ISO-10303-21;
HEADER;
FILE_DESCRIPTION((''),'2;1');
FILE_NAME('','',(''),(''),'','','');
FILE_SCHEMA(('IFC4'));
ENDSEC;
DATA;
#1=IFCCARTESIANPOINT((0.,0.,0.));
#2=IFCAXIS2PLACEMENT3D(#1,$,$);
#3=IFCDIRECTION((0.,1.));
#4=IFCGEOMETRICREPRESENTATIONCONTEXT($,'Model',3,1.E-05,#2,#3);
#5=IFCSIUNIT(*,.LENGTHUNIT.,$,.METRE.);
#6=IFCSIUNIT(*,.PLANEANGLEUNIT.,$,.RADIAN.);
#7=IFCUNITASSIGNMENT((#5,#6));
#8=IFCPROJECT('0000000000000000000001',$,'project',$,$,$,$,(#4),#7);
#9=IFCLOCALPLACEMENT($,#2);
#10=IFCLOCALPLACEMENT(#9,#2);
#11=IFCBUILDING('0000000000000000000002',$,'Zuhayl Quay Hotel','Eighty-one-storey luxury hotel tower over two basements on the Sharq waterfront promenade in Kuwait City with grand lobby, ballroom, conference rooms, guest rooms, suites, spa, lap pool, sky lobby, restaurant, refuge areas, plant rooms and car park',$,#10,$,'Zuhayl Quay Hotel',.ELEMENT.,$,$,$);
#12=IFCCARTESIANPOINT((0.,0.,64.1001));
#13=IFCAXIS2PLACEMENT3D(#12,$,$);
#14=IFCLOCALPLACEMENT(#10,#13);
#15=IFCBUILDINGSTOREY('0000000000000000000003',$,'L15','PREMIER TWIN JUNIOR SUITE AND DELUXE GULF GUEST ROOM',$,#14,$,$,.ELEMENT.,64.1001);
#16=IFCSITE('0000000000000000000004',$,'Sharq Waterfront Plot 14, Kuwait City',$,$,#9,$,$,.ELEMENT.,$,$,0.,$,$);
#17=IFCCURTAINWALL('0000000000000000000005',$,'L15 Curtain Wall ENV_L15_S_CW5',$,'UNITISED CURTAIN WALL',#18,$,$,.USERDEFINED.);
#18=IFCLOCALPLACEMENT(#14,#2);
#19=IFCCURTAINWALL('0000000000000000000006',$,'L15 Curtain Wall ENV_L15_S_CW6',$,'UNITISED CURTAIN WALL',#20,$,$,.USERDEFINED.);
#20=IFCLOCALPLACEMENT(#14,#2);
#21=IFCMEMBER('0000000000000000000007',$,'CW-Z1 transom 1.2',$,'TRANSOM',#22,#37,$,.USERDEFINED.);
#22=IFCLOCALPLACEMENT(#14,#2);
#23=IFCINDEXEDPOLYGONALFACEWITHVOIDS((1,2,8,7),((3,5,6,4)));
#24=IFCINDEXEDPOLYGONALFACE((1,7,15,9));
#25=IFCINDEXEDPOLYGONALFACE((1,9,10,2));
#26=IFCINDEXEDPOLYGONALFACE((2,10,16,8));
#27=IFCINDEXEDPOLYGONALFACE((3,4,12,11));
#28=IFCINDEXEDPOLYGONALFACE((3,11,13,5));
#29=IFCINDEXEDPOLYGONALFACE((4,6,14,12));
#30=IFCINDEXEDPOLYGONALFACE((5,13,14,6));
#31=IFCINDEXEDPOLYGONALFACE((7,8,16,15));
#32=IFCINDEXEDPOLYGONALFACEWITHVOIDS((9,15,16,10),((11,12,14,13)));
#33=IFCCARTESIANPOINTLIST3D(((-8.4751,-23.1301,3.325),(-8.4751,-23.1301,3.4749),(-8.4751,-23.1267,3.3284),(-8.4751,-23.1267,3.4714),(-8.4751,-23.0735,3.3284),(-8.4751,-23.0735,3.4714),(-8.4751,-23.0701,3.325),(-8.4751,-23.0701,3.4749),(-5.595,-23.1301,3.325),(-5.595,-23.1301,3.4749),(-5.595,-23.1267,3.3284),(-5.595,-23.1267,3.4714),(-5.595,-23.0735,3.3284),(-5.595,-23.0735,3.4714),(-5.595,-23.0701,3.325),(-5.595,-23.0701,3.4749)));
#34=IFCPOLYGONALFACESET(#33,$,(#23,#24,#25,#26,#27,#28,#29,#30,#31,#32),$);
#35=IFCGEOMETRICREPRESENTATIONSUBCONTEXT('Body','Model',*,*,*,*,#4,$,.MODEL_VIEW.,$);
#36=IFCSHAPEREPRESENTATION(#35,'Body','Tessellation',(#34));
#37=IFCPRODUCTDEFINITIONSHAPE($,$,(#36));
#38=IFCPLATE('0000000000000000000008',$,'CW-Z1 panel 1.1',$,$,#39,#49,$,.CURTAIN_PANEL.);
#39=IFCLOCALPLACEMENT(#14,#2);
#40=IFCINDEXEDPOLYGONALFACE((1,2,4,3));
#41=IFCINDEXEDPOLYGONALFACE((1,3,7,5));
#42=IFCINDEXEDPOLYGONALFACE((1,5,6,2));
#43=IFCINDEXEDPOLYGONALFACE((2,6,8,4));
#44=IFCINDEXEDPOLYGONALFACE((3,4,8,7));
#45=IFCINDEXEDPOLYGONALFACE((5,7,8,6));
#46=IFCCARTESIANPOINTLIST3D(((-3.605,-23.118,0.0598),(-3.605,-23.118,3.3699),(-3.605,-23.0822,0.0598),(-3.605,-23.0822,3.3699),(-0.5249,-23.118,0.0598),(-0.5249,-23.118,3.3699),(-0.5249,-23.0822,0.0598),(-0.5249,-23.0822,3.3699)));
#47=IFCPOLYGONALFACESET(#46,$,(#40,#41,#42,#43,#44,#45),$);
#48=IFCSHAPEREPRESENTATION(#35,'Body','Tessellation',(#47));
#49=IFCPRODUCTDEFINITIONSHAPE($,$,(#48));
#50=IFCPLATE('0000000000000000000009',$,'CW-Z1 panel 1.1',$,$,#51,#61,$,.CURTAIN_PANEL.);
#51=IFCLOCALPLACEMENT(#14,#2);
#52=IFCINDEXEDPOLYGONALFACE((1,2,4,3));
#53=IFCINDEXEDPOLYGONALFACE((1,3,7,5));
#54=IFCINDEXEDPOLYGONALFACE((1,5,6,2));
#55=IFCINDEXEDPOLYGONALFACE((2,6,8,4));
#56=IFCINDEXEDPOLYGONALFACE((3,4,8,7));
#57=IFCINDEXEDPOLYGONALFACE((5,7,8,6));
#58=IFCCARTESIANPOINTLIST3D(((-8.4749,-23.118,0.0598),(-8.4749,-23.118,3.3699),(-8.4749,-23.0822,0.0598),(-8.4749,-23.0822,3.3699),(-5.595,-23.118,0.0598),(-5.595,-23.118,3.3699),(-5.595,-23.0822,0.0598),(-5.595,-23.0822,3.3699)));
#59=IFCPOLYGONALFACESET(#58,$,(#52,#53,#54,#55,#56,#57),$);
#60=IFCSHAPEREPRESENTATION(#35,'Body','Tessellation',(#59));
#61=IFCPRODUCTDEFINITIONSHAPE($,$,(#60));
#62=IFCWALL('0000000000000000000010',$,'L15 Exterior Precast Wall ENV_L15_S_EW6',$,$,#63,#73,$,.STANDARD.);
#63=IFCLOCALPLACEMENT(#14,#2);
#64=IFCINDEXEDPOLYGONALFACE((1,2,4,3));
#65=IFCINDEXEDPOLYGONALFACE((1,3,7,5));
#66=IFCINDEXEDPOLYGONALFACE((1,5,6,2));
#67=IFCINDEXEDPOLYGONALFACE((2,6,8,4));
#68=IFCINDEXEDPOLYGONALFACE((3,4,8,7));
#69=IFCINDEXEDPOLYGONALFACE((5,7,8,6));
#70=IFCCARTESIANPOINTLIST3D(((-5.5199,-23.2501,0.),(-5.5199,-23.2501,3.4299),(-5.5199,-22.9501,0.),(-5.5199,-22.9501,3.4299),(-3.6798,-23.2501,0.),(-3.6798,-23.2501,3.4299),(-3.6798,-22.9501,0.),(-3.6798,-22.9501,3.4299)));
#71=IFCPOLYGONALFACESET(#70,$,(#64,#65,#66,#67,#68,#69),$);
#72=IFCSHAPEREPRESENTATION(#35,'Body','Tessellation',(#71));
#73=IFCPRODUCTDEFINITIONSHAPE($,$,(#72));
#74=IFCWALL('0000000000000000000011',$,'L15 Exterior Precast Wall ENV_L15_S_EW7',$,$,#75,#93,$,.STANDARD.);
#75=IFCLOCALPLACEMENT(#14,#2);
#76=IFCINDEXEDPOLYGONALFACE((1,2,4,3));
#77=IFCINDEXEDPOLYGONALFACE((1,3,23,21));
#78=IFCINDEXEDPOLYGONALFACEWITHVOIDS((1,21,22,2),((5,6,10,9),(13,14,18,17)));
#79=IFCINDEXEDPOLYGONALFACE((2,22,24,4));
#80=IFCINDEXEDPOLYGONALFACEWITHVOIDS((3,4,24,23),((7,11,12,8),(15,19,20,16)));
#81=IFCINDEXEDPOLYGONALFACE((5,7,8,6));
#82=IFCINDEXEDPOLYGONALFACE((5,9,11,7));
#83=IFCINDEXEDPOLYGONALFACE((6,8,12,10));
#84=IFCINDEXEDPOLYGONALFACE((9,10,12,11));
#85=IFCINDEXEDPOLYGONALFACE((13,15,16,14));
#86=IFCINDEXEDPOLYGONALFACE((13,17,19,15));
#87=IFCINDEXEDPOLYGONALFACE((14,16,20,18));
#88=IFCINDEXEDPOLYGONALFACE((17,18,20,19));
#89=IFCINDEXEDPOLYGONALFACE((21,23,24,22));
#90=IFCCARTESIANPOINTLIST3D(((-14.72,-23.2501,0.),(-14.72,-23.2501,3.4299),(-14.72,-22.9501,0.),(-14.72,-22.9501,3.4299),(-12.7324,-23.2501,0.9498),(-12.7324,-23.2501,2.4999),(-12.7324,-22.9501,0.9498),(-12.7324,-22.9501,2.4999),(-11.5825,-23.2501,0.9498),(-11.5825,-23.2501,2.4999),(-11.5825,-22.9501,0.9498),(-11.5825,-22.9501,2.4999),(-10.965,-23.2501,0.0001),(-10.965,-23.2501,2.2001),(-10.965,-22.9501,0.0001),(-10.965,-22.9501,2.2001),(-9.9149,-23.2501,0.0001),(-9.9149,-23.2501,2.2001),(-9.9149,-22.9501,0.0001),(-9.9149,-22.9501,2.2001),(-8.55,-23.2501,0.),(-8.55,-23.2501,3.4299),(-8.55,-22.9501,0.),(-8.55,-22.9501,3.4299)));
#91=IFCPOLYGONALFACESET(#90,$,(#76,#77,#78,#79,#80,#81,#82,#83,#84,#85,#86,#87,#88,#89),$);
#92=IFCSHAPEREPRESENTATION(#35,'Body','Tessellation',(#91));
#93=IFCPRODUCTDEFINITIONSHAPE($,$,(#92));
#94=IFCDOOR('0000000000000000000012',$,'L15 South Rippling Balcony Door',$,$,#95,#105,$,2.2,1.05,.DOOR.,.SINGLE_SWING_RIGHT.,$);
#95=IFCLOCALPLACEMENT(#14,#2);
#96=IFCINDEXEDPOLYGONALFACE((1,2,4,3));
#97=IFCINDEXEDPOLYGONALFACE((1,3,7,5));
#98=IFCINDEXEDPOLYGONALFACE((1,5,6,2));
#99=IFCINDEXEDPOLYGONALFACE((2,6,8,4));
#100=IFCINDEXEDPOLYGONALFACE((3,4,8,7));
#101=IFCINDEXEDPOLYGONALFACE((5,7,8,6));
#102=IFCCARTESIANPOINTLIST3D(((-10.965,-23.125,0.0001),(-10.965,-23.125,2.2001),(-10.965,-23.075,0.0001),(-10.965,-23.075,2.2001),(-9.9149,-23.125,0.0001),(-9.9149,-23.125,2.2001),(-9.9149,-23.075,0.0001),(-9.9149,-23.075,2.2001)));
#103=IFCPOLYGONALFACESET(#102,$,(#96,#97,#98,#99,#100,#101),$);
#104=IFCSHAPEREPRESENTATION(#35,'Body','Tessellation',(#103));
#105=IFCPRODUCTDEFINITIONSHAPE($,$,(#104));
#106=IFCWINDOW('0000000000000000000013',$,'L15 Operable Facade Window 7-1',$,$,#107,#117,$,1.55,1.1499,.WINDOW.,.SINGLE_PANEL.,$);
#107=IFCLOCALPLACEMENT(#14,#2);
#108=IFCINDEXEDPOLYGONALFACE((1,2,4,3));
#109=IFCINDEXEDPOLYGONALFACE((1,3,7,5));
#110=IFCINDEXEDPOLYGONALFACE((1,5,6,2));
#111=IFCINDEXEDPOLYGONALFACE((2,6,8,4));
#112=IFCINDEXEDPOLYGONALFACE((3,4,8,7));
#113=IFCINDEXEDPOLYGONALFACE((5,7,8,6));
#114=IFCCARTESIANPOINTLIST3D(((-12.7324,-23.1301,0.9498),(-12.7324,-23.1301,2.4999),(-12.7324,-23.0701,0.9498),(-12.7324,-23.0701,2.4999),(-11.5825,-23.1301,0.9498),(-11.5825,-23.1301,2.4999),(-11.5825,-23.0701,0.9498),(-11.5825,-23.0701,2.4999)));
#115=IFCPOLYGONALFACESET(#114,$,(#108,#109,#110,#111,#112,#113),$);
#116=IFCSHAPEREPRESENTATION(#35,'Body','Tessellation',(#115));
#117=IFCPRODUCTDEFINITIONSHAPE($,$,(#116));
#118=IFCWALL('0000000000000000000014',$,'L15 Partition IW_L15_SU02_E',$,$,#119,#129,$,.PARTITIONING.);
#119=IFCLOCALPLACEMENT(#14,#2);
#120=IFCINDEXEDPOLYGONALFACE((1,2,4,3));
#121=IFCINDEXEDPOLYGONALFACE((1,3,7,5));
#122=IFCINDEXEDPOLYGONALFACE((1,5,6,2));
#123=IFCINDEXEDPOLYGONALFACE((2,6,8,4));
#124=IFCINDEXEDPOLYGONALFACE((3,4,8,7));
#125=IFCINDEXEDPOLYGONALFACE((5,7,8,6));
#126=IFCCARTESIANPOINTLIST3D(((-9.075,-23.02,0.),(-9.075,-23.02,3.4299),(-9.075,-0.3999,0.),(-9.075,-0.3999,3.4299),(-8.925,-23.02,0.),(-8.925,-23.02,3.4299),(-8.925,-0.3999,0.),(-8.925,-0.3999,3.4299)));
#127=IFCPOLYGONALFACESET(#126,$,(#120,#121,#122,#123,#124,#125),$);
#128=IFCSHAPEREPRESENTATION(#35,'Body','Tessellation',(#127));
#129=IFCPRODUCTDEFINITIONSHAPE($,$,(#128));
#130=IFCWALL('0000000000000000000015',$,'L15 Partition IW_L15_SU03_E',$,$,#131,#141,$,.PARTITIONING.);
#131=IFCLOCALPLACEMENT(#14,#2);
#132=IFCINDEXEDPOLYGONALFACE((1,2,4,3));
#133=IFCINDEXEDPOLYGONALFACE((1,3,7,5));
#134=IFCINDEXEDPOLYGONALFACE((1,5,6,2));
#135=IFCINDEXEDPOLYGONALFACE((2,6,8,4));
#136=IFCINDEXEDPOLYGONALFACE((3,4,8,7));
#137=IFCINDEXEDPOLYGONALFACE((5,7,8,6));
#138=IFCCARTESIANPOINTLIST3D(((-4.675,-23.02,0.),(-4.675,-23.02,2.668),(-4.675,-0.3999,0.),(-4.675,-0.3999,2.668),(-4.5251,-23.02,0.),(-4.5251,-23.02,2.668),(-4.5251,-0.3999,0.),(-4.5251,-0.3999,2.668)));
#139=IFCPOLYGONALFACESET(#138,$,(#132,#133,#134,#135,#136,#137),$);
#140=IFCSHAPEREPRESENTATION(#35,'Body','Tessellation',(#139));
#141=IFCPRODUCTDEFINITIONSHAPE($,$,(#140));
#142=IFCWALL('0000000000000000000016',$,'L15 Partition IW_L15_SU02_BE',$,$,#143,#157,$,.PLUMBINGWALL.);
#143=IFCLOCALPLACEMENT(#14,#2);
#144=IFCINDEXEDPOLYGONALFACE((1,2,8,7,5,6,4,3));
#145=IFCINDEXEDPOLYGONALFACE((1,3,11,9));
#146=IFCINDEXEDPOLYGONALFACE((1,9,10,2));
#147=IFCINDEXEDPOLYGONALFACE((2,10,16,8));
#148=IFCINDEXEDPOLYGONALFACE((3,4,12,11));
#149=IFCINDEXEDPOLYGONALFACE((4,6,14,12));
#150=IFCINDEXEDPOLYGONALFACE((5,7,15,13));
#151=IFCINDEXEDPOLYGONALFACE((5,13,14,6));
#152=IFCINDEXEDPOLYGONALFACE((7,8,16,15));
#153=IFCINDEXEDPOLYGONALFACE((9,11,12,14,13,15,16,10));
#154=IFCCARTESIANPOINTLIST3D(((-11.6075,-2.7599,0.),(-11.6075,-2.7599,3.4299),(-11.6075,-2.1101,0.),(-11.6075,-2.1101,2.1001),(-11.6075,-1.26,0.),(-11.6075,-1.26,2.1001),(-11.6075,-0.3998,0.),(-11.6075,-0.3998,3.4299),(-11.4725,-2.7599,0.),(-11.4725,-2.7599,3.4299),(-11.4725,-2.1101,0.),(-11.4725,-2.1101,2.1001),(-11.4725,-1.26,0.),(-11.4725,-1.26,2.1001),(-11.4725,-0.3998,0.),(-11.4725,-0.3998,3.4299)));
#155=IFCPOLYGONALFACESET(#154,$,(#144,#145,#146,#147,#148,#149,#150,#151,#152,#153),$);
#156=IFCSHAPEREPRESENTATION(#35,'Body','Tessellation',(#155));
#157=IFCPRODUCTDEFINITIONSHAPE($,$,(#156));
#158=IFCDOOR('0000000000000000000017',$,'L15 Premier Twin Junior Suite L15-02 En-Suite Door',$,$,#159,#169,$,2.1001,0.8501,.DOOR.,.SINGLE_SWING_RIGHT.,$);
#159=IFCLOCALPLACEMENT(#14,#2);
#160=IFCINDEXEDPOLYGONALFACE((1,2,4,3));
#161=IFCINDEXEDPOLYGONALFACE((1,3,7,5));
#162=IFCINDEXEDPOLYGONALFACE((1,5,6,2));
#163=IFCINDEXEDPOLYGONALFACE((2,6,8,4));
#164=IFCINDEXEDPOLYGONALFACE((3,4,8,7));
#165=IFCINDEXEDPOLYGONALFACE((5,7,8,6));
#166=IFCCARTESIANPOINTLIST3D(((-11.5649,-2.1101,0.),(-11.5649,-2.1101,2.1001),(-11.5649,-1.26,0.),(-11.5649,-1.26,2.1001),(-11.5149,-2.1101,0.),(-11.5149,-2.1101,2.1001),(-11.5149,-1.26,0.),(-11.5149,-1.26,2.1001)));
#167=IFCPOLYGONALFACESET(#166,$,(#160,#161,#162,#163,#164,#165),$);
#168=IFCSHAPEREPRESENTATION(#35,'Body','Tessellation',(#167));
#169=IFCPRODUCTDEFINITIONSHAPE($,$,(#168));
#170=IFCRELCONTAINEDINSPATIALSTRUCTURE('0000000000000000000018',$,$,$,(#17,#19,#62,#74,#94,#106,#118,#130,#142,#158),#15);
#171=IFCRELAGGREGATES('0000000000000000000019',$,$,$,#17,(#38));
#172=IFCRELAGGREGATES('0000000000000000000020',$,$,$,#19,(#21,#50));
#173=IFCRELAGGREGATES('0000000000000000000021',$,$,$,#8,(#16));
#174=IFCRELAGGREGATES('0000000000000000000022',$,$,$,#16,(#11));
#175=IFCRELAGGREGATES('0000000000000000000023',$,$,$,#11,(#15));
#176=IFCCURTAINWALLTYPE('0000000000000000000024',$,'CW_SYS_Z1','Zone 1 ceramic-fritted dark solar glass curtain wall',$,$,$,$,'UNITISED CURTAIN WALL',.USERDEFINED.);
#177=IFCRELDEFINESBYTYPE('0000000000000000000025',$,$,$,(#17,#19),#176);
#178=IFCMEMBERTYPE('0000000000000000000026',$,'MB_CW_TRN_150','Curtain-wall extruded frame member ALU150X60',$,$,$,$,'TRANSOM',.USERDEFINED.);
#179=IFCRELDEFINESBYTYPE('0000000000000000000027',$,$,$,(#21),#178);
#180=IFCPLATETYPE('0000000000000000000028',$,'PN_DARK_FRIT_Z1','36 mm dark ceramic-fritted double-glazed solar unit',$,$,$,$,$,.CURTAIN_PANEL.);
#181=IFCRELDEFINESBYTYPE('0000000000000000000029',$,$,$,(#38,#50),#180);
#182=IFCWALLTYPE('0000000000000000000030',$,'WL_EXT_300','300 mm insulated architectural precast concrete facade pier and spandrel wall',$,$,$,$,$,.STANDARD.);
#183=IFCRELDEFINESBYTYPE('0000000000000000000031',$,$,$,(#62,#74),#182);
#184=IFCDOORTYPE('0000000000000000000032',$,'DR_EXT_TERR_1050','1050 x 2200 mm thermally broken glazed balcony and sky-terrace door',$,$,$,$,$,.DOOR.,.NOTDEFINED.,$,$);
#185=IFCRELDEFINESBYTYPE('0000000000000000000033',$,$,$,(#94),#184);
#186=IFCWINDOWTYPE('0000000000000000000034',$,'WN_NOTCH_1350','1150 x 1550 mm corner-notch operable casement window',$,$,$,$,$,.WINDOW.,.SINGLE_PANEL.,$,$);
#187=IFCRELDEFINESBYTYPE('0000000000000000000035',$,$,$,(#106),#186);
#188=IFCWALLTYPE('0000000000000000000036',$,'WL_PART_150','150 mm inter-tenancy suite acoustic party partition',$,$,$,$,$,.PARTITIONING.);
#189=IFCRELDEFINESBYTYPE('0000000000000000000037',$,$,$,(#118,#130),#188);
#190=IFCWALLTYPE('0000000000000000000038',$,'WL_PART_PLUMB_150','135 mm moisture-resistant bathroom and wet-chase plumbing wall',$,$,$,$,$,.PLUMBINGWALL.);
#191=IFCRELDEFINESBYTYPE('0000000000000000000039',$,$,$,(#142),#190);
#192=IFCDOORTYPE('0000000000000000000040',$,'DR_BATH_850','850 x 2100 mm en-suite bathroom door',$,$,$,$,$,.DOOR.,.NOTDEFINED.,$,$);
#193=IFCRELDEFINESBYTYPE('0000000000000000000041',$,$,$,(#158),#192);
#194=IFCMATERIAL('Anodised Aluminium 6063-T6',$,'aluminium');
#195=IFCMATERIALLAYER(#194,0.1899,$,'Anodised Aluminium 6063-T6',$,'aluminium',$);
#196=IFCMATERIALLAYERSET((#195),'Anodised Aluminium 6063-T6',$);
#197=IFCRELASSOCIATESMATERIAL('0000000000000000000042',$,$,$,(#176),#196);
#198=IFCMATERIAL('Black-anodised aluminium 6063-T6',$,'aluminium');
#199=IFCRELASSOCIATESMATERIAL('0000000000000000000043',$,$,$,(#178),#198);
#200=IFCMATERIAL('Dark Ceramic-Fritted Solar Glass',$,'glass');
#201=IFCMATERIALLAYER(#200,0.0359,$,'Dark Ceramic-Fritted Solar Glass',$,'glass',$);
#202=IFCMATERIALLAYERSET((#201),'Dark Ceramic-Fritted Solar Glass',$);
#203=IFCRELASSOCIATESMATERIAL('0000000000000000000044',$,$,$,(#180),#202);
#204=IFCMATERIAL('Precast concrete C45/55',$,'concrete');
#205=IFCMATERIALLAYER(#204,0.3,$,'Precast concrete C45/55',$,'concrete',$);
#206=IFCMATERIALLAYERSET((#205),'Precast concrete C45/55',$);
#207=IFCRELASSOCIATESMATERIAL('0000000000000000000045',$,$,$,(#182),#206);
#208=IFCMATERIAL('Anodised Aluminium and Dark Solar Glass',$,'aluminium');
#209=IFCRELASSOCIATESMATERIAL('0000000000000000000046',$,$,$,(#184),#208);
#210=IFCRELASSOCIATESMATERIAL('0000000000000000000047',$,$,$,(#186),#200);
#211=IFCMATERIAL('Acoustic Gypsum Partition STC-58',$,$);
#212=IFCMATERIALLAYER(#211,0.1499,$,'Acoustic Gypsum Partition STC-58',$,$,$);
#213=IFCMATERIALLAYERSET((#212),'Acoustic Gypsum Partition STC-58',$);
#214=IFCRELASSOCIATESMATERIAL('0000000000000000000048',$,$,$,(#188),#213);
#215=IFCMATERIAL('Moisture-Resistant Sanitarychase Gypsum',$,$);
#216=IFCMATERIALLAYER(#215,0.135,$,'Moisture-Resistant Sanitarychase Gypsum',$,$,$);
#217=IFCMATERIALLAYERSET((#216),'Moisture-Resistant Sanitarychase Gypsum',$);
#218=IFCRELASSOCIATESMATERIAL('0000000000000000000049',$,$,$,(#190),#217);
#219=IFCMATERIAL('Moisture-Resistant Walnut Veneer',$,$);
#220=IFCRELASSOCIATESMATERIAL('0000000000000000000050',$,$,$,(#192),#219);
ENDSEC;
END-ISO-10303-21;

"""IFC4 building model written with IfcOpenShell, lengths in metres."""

from ifc_helpers import new_model, si_unit, direction, frame, frame_2d, origin, origin_2d, place, context, subcontext, project, spatial, rectangle, hollow_rectangle, extrude, material, layer, layer_set, material_profile, profile_set, type_object, element, fill, aggregate, save


model = new_model("IFC4")

# Units and contexts
model_context = context("Model", 3, precision=1e-05, world=origin(), true_north=direction((0.0, 1.0)))
body_context = subcontext(model_context, "Body", "Model", "MODEL_VIEW")
ifc_project = project(units=[si_unit("LENGTHUNIT", "METRE"), si_unit("PLANEANGLEUNIT", "RADIAN")], contexts=[model_context])

# Site, building, storey
site_placement = place(None, origin())
site = spatial("IfcSite", under=ifc_project, at=site_placement, Name="Sharq Waterfront Plot 14, Kuwait City", CompositionType="ELEMENT", RefElevation=0.0)
building_placement = place(site_placement, origin())
building = spatial("IfcBuilding", under=site, at=building_placement, Name="Zuhayl Quay Hotel", Description="Eighty-one-storey luxury hotel tower over two basements on the Sharq waterfront promenade in Kuwait City with grand lobby, ballroom, conference rooms, guest rooms, suites, spa, lap pool, sky lobby, restaurant, refuge areas, plant rooms and car park", LongName="Zuhayl Quay Hotel", CompositionType="ELEMENT")
storey_placement = place(building_placement, frame((0.0, 0.0, 64.1001)))
storey = spatial("IfcBuildingStorey", under=building, at=storey_placement, Name="L15", Description="PREMIER TWIN JUNIOR SUITE AND DELUXE GULF GUEST ROOM", CompositionType="ELEMENT", Elevation=64.1001)

# Curtain walls
ifc_material_1 = material(Name="Anodised Aluminium 6063-T6", Category="aluminium")
ifc_layer_1 = layer(ifc_material_1, 0.1899, Name="Anodised Aluminium 6063-T6", Category="aluminium")
ifc_layer_set_1 = layer_set([ifc_layer_1], Name="Anodised Aluminium 6063-T6")
curtain_wall_type = type_object("IfcCurtainWallType", Name="CW_SYS_Z1", Description="Zone 1 ceramic-fritted dark solar glass curtain wall", ElementType="UNITISED CURTAIN WALL", PredefinedType="USERDEFINED", material=ifc_layer_set_1)
curtain_wall_1_placement = place(storey_placement, origin())
curtain_wall_1 = element("IfcCurtainWall", 1, at=curtain_wall_1_placement, inside=storey, type_object=curtain_wall_type, Name="L15 Curtain Wall ENV_L15_S_CW5", ObjectType="UNITISED CURTAIN WALL", PredefinedType="USERDEFINED")
ifc_material_2 = material(Name="Black-anodised aluminium 6063-T6", Category="aluminium")
curtain_wall_2_placement = place(storey_placement, origin())
curtain_wall_2 = element("IfcCurtainWall", 2, at=curtain_wall_2_placement, inside=storey, type_object=curtain_wall_type, Name="L15 Curtain Wall ENV_L15_S_CW6", ObjectType="UNITISED CURTAIN WALL", PredefinedType="USERDEFINED")

# Member
ifc_material_profile_1 = material_profile(ifc_material_2, hollow_rectangle(XDim=0.0601, YDim=0.1499, WallThickness=0.0034, at=origin_2d()), Name="ALU150X60")
ifc_profile_set_1 = profile_set([ifc_material_profile_1], Name="Black-anodised aluminium 6063-T6")
member_type_1 = type_object("IfcMemberType", Name="MB_CW_TRN_150", Description="Curtain-wall extruded frame member ALU150X60", ElementType="TRANSOM", PredefinedType="USERDEFINED", material=ifc_profile_set_1)
member_1_placement = place(storey_placement, frame((-5.595, -23.1001, 3.3999), z_axis=(-1.0, 0.0, 0.0), x_axis=(0.0, -1.0, 0.0)))
member_1 = element("IfcMember", 3, at=member_1_placement, type_object=member_type_1, Name="CW-Z1 transom 1.2", ObjectType="TRANSOM", PredefinedType="USERDEFINED", context=body_context, shape_type="SweptSolid", body=[
    extrude(hollow_rectangle(XDim=0.0601, YDim=0.1499, WallThickness=0.0034, at=origin_2d()), origin(), (0.0, 0.0, 1.0), 2.8801),
])

# Plates
ifc_material_3 = material(Name="Dark Ceramic-Fritted Solar Glass", Category="glass")
ifc_layer_2 = layer(ifc_material_3, 0.0359, Name="Dark Ceramic-Fritted Solar Glass", Category="glass")
ifc_layer_set_2 = layer_set([ifc_layer_2], Name="Dark Ceramic-Fritted Solar Glass")
plate_type = type_object("IfcPlateType", Name="PN_DARK_FRIT_Z1", Description="36 mm dark ceramic-fritted double-glazed solar unit", PredefinedType="CURTAIN_PANEL", material=ifc_layer_set_2)
plate_1_placement = place(storey_placement, frame((-2.0649, -23.1001, 0.0598), z_axis=(0.0, 0.0, 1.0), x_axis=(-1.0, 0.0, 0.0)))
plate_1 = element("IfcPlate", 4, at=plate_1_placement, type_object=plate_type, Name="CW-Z1 panel 1.1", PredefinedType="CURTAIN_PANEL", context=body_context, shape_type="SweptSolid", body=[
    extrude(rectangle(XDim=3.0801, YDim=0.0359, at=origin_2d()), origin(), (0.0, 0.0, 1.0), 3.3101),
])
aggregate(curtain_wall_1, [plate_1])
plate_2_placement = place(storey_placement, frame((-7.0349, -23.1001, 0.0598), z_axis=(0.0, 0.0, 1.0), x_axis=(-1.0, 0.0, 0.0)))
plate_2 = element("IfcPlate", 5, at=plate_2_placement, type_object=plate_type, Name="CW-Z1 panel 1.1", PredefinedType="CURTAIN_PANEL", context=body_context, shape_type="SweptSolid", body=[
    extrude(rectangle(XDim=2.8799, YDim=0.0359, at=origin_2d()), origin(), (0.0, 0.0, 1.0), 3.3101),
])
aggregate(curtain_wall_2, [member_1, plate_2])

# Wall
ifc_material_4 = material(Name="Precast concrete C45/55", Category="concrete")
ifc_layer_3 = layer(ifc_material_4, 0.3, Name="Precast concrete C45/55", Category="concrete")
ifc_layer_set_3 = layer_set([ifc_layer_3], Name="Precast concrete C45/55")
wall_type_1 = type_object("IfcWallType", Name="WL_EXT_300", Description="300 mm insulated architectural precast concrete facade pier and spandrel wall", PredefinedType="STANDARD", material=ifc_layer_set_3)
wall_1_placement = place(storey_placement, frame((-3.6799, -23.1001, 0.0), z_axis=(0.0, 0.0, 1.0), x_axis=(-1.0, 0.0, 0.0)))
element("IfcWall", 6, at=wall_1_placement, inside=storey, type_object=wall_type_1, Name="L15 Exterior Precast Wall ENV_L15_S_EW6", PredefinedType="STANDARD", context=body_context, shape_type="SweptSolid", body=[
    extrude(rectangle(XDim=1.8401, YDim=0.3, at=frame_2d((0.9199, 0.0))), origin(), (0.0, 0.0, 1.0), 3.4299),
])

# Wall, openings, door, window
wall_2_placement = place(storey_placement, frame((-8.55, -23.1001, 0.0), z_axis=(0.0, 0.0, 1.0), x_axis=(-1.0, 0.0, 0.0)))
wall_2 = element("IfcWall", 7, at=wall_2_placement, inside=storey, type_object=wall_type_1, Name="L15 Exterior Precast Wall ENV_L15_S_EW7", PredefinedType="STANDARD", context=body_context, shape_type="SweptSolid", body=[
    extrude(rectangle(XDim=6.1699, YDim=0.3, at=frame_2d((3.085, 0.0))), origin(), (0.0, 0.0, 1.0), 3.4299),
])
opening_1_placement = place(wall_2_placement, frame((1.365, 0.0, 0.0)))
opening_1 = element("IfcOpeningElement", 8, at=opening_1_placement, cuts=wall_2, PredefinedType="OPENING", context=body_context, shape_type="SweptSolid", body=[
    extrude(rectangle(XDim=1.05, YDim=2.2, at=frame_2d((0.5249, 1.1001))), frame((0.0, 0.1599, 0.0), z_axis=(0.0, -1.0, 0.0), x_axis=(1.0, 0.0, 0.0)), (0.0, 0.0, 1.0), 0.3201),
])
opening_2_placement = place(wall_2_placement, frame((3.0325, 0.0, 0.95)))
opening_2 = element("IfcOpeningElement", 9, at=opening_2_placement, cuts=wall_2, PredefinedType="OPENING", context=body_context, shape_type="SweptSolid", body=[
    extrude(rectangle(XDim=1.1499, YDim=1.55, at=frame_2d((0.575, 0.7749))), frame((0.0, 0.1599, 0.0), z_axis=(0.0, -1.0, 0.0), x_axis=(1.0, 0.0, 0.0)), (0.0, 0.0, 1.0), 0.3201),
])
ifc_material_5 = material(Name="Anodised Aluminium and Dark Solar Glass", Category="aluminium")
door_type_1 = type_object("IfcDoorType", Name="DR_EXT_TERR_1050", Description="1050 x 2200 mm thermally broken glazed balcony and sky-terrace door", OperationType="NOTDEFINED", PredefinedType="DOOR", material=ifc_material_5)
door_1_placement = place(opening_1_placement, origin())
door_1 = element("IfcDoor", 10, at=door_1_placement, inside=storey, type_object=door_type_1, Name="L15 South Rippling Balcony Door", OperationType="SINGLE_SWING_RIGHT", OverallHeight=2.2, OverallWidth=1.05, PredefinedType="DOOR", context=body_context, shape_type="SweptSolid", body=[
    extrude(rectangle(XDim=1.05, YDim=2.2, at=frame_2d((0.5249, 1.1001))), frame((0.0, 0.0249, 0.0), z_axis=(0.0, -1.0, 0.0), x_axis=(1.0, 0.0, 0.0)), (0.0, 0.0, 1.0), 0.05),
])
fill(opening_1, door_1)
window_type = type_object("IfcWindowType", Name="WN_NOTCH_1350", Description="1150 x 1550 mm corner-notch operable casement window", PartitioningType="SINGLE_PANEL", PredefinedType="WINDOW", material=ifc_material_3)
window_placement = place(opening_2_placement, origin())
window = element("IfcWindow", 11, at=window_placement, inside=storey, type_object=window_type, Name="L15 Operable Facade Window 7-1", OverallHeight=1.55, OverallWidth=1.1499, PartitioningType="SINGLE_PANEL", PredefinedType="WINDOW", context=body_context, shape_type="SweptSolid", body=[
    extrude(rectangle(XDim=1.1499, YDim=1.55, at=frame_2d((0.575, 0.7749))), frame((0.0, 0.03, 0.0), z_axis=(0.0, -1.0, 0.0), x_axis=(1.0, 0.0, 0.0)), (0.0, 0.0, 1.0), 0.0601),
])
fill(opening_2, window)

# Walls
ifc_material_6 = material(Name="Acoustic Gypsum Partition STC-58")
ifc_layer_4 = layer(ifc_material_6, 0.1499, Name="Acoustic Gypsum Partition STC-58")
ifc_layer_set_4 = layer_set([ifc_layer_4], Name="Acoustic Gypsum Partition STC-58")
wall_type_2 = type_object("IfcWallType", Name="WL_PART_150", Description="150 mm inter-tenancy suite acoustic party partition", PredefinedType="PARTITIONING", material=ifc_layer_set_4)
wall_3_placement = place(storey_placement, frame((-9.0, -23.02, 0.0), z_axis=(0.0, 0.0, 1.0), x_axis=(0.0, 1.0, 0.0)))
element("IfcWall", 12, at=wall_3_placement, inside=storey, type_object=wall_type_2, Name="L15 Partition IW_L15_SU02_E", PredefinedType="PARTITIONING", context=body_context, shape_type="SweptSolid", body=[
    extrude(rectangle(XDim=22.6201, YDim=0.1499, at=frame_2d((11.3101, 0.0))), origin(), (0.0, 0.0, 1.0), 3.4299),
])
wall_4_placement = place(storey_placement, frame((-4.6001, -23.02, 0.0), z_axis=(0.0, 0.0, 1.0), x_axis=(0.0, 1.0, 0.0)))
element("IfcWall", 13, at=wall_4_placement, inside=storey, type_object=wall_type_2, Name="L15 Partition IW_L15_SU03_E", PredefinedType="PARTITIONING", context=body_context, shape_type="SweptSolid", body=[
    extrude(rectangle(XDim=22.6201, YDim=0.1499, at=frame_2d((11.3101, 0.0))), origin(), (0.0, 0.0, 1.0), 2.668),
])

# Wall, opening, door
ifc_material_7 = material(Name="Moisture-Resistant Sanitarychase Gypsum")
ifc_layer_5 = layer(ifc_material_7, 0.135, Name="Moisture-Resistant Sanitarychase Gypsum")
ifc_layer_set_5 = layer_set([ifc_layer_5], Name="Moisture-Resistant Sanitarychase Gypsum")
wall_type_3 = type_object("IfcWallType", Name="WL_PART_PLUMB_150", Description="135 mm moisture-resistant bathroom and wet-chase plumbing wall", PredefinedType="PLUMBINGWALL", material=ifc_layer_set_5)
wall_5_placement = place(storey_placement, frame((-11.54, -2.76, 0.0), z_axis=(0.0, 0.0, 1.0), x_axis=(0.0, 1.0, 0.0)))
wall_5 = element("IfcWall", 14, at=wall_5_placement, inside=storey, type_object=wall_type_3, Name="L15 Partition IW_L15_SU02_BE", PredefinedType="PLUMBINGWALL", context=body_context, shape_type="SweptSolid", body=[
    extrude(rectangle(XDim=2.3601, YDim=0.135, at=frame_2d((1.1802, 0.0))), origin(), (0.0, 0.0, 1.0), 3.4299),
])
opening_3_placement = place(wall_5_placement, frame((0.6499, 0.0, 0.0)))
opening_3 = element("IfcOpeningElement", 15, at=opening_3_placement, cuts=wall_5, PredefinedType="OPENING", context=body_context, shape_type="SweptSolid", body=[
    extrude(rectangle(XDim=0.8501, YDim=2.1001, at=frame_2d((0.425, 1.05))), frame((0.0, 0.0774, 0.0), z_axis=(0.0, -1.0, 0.0), x_axis=(1.0, 0.0, 0.0)), (0.0, 0.0, 1.0), 0.155),
])
ifc_material_8 = material(Name="Moisture-Resistant Walnut Veneer")
door_type_2 = type_object("IfcDoorType", Name="DR_BATH_850", Description="850 x 2100 mm en-suite bathroom door", OperationType="NOTDEFINED", PredefinedType="DOOR", material=ifc_material_8)
door_2_placement = place(opening_3_placement, origin())
door_2 = element("IfcDoor", 16, at=door_2_placement, inside=storey, type_object=door_type_2, Name="L15 Premier Twin Junior Suite L15-02 En-Suite Door", OperationType="SINGLE_SWING_RIGHT", OverallHeight=2.1001, OverallWidth=0.8501, PredefinedType="DOOR", context=body_context, shape_type="SweptSolid", body=[
    extrude(rectangle(XDim=0.8501, YDim=2.1001, at=frame_2d((0.425, 1.05))), frame((0.0, 0.0249, 0.0), z_axis=(0.0, -1.0, 0.0), x_axis=(1.0, 0.0, 0.0)), (0.0, 0.0, 1.0), 0.05),
])
fill(opening_3, door_2)

save(model, "model.ifc")
